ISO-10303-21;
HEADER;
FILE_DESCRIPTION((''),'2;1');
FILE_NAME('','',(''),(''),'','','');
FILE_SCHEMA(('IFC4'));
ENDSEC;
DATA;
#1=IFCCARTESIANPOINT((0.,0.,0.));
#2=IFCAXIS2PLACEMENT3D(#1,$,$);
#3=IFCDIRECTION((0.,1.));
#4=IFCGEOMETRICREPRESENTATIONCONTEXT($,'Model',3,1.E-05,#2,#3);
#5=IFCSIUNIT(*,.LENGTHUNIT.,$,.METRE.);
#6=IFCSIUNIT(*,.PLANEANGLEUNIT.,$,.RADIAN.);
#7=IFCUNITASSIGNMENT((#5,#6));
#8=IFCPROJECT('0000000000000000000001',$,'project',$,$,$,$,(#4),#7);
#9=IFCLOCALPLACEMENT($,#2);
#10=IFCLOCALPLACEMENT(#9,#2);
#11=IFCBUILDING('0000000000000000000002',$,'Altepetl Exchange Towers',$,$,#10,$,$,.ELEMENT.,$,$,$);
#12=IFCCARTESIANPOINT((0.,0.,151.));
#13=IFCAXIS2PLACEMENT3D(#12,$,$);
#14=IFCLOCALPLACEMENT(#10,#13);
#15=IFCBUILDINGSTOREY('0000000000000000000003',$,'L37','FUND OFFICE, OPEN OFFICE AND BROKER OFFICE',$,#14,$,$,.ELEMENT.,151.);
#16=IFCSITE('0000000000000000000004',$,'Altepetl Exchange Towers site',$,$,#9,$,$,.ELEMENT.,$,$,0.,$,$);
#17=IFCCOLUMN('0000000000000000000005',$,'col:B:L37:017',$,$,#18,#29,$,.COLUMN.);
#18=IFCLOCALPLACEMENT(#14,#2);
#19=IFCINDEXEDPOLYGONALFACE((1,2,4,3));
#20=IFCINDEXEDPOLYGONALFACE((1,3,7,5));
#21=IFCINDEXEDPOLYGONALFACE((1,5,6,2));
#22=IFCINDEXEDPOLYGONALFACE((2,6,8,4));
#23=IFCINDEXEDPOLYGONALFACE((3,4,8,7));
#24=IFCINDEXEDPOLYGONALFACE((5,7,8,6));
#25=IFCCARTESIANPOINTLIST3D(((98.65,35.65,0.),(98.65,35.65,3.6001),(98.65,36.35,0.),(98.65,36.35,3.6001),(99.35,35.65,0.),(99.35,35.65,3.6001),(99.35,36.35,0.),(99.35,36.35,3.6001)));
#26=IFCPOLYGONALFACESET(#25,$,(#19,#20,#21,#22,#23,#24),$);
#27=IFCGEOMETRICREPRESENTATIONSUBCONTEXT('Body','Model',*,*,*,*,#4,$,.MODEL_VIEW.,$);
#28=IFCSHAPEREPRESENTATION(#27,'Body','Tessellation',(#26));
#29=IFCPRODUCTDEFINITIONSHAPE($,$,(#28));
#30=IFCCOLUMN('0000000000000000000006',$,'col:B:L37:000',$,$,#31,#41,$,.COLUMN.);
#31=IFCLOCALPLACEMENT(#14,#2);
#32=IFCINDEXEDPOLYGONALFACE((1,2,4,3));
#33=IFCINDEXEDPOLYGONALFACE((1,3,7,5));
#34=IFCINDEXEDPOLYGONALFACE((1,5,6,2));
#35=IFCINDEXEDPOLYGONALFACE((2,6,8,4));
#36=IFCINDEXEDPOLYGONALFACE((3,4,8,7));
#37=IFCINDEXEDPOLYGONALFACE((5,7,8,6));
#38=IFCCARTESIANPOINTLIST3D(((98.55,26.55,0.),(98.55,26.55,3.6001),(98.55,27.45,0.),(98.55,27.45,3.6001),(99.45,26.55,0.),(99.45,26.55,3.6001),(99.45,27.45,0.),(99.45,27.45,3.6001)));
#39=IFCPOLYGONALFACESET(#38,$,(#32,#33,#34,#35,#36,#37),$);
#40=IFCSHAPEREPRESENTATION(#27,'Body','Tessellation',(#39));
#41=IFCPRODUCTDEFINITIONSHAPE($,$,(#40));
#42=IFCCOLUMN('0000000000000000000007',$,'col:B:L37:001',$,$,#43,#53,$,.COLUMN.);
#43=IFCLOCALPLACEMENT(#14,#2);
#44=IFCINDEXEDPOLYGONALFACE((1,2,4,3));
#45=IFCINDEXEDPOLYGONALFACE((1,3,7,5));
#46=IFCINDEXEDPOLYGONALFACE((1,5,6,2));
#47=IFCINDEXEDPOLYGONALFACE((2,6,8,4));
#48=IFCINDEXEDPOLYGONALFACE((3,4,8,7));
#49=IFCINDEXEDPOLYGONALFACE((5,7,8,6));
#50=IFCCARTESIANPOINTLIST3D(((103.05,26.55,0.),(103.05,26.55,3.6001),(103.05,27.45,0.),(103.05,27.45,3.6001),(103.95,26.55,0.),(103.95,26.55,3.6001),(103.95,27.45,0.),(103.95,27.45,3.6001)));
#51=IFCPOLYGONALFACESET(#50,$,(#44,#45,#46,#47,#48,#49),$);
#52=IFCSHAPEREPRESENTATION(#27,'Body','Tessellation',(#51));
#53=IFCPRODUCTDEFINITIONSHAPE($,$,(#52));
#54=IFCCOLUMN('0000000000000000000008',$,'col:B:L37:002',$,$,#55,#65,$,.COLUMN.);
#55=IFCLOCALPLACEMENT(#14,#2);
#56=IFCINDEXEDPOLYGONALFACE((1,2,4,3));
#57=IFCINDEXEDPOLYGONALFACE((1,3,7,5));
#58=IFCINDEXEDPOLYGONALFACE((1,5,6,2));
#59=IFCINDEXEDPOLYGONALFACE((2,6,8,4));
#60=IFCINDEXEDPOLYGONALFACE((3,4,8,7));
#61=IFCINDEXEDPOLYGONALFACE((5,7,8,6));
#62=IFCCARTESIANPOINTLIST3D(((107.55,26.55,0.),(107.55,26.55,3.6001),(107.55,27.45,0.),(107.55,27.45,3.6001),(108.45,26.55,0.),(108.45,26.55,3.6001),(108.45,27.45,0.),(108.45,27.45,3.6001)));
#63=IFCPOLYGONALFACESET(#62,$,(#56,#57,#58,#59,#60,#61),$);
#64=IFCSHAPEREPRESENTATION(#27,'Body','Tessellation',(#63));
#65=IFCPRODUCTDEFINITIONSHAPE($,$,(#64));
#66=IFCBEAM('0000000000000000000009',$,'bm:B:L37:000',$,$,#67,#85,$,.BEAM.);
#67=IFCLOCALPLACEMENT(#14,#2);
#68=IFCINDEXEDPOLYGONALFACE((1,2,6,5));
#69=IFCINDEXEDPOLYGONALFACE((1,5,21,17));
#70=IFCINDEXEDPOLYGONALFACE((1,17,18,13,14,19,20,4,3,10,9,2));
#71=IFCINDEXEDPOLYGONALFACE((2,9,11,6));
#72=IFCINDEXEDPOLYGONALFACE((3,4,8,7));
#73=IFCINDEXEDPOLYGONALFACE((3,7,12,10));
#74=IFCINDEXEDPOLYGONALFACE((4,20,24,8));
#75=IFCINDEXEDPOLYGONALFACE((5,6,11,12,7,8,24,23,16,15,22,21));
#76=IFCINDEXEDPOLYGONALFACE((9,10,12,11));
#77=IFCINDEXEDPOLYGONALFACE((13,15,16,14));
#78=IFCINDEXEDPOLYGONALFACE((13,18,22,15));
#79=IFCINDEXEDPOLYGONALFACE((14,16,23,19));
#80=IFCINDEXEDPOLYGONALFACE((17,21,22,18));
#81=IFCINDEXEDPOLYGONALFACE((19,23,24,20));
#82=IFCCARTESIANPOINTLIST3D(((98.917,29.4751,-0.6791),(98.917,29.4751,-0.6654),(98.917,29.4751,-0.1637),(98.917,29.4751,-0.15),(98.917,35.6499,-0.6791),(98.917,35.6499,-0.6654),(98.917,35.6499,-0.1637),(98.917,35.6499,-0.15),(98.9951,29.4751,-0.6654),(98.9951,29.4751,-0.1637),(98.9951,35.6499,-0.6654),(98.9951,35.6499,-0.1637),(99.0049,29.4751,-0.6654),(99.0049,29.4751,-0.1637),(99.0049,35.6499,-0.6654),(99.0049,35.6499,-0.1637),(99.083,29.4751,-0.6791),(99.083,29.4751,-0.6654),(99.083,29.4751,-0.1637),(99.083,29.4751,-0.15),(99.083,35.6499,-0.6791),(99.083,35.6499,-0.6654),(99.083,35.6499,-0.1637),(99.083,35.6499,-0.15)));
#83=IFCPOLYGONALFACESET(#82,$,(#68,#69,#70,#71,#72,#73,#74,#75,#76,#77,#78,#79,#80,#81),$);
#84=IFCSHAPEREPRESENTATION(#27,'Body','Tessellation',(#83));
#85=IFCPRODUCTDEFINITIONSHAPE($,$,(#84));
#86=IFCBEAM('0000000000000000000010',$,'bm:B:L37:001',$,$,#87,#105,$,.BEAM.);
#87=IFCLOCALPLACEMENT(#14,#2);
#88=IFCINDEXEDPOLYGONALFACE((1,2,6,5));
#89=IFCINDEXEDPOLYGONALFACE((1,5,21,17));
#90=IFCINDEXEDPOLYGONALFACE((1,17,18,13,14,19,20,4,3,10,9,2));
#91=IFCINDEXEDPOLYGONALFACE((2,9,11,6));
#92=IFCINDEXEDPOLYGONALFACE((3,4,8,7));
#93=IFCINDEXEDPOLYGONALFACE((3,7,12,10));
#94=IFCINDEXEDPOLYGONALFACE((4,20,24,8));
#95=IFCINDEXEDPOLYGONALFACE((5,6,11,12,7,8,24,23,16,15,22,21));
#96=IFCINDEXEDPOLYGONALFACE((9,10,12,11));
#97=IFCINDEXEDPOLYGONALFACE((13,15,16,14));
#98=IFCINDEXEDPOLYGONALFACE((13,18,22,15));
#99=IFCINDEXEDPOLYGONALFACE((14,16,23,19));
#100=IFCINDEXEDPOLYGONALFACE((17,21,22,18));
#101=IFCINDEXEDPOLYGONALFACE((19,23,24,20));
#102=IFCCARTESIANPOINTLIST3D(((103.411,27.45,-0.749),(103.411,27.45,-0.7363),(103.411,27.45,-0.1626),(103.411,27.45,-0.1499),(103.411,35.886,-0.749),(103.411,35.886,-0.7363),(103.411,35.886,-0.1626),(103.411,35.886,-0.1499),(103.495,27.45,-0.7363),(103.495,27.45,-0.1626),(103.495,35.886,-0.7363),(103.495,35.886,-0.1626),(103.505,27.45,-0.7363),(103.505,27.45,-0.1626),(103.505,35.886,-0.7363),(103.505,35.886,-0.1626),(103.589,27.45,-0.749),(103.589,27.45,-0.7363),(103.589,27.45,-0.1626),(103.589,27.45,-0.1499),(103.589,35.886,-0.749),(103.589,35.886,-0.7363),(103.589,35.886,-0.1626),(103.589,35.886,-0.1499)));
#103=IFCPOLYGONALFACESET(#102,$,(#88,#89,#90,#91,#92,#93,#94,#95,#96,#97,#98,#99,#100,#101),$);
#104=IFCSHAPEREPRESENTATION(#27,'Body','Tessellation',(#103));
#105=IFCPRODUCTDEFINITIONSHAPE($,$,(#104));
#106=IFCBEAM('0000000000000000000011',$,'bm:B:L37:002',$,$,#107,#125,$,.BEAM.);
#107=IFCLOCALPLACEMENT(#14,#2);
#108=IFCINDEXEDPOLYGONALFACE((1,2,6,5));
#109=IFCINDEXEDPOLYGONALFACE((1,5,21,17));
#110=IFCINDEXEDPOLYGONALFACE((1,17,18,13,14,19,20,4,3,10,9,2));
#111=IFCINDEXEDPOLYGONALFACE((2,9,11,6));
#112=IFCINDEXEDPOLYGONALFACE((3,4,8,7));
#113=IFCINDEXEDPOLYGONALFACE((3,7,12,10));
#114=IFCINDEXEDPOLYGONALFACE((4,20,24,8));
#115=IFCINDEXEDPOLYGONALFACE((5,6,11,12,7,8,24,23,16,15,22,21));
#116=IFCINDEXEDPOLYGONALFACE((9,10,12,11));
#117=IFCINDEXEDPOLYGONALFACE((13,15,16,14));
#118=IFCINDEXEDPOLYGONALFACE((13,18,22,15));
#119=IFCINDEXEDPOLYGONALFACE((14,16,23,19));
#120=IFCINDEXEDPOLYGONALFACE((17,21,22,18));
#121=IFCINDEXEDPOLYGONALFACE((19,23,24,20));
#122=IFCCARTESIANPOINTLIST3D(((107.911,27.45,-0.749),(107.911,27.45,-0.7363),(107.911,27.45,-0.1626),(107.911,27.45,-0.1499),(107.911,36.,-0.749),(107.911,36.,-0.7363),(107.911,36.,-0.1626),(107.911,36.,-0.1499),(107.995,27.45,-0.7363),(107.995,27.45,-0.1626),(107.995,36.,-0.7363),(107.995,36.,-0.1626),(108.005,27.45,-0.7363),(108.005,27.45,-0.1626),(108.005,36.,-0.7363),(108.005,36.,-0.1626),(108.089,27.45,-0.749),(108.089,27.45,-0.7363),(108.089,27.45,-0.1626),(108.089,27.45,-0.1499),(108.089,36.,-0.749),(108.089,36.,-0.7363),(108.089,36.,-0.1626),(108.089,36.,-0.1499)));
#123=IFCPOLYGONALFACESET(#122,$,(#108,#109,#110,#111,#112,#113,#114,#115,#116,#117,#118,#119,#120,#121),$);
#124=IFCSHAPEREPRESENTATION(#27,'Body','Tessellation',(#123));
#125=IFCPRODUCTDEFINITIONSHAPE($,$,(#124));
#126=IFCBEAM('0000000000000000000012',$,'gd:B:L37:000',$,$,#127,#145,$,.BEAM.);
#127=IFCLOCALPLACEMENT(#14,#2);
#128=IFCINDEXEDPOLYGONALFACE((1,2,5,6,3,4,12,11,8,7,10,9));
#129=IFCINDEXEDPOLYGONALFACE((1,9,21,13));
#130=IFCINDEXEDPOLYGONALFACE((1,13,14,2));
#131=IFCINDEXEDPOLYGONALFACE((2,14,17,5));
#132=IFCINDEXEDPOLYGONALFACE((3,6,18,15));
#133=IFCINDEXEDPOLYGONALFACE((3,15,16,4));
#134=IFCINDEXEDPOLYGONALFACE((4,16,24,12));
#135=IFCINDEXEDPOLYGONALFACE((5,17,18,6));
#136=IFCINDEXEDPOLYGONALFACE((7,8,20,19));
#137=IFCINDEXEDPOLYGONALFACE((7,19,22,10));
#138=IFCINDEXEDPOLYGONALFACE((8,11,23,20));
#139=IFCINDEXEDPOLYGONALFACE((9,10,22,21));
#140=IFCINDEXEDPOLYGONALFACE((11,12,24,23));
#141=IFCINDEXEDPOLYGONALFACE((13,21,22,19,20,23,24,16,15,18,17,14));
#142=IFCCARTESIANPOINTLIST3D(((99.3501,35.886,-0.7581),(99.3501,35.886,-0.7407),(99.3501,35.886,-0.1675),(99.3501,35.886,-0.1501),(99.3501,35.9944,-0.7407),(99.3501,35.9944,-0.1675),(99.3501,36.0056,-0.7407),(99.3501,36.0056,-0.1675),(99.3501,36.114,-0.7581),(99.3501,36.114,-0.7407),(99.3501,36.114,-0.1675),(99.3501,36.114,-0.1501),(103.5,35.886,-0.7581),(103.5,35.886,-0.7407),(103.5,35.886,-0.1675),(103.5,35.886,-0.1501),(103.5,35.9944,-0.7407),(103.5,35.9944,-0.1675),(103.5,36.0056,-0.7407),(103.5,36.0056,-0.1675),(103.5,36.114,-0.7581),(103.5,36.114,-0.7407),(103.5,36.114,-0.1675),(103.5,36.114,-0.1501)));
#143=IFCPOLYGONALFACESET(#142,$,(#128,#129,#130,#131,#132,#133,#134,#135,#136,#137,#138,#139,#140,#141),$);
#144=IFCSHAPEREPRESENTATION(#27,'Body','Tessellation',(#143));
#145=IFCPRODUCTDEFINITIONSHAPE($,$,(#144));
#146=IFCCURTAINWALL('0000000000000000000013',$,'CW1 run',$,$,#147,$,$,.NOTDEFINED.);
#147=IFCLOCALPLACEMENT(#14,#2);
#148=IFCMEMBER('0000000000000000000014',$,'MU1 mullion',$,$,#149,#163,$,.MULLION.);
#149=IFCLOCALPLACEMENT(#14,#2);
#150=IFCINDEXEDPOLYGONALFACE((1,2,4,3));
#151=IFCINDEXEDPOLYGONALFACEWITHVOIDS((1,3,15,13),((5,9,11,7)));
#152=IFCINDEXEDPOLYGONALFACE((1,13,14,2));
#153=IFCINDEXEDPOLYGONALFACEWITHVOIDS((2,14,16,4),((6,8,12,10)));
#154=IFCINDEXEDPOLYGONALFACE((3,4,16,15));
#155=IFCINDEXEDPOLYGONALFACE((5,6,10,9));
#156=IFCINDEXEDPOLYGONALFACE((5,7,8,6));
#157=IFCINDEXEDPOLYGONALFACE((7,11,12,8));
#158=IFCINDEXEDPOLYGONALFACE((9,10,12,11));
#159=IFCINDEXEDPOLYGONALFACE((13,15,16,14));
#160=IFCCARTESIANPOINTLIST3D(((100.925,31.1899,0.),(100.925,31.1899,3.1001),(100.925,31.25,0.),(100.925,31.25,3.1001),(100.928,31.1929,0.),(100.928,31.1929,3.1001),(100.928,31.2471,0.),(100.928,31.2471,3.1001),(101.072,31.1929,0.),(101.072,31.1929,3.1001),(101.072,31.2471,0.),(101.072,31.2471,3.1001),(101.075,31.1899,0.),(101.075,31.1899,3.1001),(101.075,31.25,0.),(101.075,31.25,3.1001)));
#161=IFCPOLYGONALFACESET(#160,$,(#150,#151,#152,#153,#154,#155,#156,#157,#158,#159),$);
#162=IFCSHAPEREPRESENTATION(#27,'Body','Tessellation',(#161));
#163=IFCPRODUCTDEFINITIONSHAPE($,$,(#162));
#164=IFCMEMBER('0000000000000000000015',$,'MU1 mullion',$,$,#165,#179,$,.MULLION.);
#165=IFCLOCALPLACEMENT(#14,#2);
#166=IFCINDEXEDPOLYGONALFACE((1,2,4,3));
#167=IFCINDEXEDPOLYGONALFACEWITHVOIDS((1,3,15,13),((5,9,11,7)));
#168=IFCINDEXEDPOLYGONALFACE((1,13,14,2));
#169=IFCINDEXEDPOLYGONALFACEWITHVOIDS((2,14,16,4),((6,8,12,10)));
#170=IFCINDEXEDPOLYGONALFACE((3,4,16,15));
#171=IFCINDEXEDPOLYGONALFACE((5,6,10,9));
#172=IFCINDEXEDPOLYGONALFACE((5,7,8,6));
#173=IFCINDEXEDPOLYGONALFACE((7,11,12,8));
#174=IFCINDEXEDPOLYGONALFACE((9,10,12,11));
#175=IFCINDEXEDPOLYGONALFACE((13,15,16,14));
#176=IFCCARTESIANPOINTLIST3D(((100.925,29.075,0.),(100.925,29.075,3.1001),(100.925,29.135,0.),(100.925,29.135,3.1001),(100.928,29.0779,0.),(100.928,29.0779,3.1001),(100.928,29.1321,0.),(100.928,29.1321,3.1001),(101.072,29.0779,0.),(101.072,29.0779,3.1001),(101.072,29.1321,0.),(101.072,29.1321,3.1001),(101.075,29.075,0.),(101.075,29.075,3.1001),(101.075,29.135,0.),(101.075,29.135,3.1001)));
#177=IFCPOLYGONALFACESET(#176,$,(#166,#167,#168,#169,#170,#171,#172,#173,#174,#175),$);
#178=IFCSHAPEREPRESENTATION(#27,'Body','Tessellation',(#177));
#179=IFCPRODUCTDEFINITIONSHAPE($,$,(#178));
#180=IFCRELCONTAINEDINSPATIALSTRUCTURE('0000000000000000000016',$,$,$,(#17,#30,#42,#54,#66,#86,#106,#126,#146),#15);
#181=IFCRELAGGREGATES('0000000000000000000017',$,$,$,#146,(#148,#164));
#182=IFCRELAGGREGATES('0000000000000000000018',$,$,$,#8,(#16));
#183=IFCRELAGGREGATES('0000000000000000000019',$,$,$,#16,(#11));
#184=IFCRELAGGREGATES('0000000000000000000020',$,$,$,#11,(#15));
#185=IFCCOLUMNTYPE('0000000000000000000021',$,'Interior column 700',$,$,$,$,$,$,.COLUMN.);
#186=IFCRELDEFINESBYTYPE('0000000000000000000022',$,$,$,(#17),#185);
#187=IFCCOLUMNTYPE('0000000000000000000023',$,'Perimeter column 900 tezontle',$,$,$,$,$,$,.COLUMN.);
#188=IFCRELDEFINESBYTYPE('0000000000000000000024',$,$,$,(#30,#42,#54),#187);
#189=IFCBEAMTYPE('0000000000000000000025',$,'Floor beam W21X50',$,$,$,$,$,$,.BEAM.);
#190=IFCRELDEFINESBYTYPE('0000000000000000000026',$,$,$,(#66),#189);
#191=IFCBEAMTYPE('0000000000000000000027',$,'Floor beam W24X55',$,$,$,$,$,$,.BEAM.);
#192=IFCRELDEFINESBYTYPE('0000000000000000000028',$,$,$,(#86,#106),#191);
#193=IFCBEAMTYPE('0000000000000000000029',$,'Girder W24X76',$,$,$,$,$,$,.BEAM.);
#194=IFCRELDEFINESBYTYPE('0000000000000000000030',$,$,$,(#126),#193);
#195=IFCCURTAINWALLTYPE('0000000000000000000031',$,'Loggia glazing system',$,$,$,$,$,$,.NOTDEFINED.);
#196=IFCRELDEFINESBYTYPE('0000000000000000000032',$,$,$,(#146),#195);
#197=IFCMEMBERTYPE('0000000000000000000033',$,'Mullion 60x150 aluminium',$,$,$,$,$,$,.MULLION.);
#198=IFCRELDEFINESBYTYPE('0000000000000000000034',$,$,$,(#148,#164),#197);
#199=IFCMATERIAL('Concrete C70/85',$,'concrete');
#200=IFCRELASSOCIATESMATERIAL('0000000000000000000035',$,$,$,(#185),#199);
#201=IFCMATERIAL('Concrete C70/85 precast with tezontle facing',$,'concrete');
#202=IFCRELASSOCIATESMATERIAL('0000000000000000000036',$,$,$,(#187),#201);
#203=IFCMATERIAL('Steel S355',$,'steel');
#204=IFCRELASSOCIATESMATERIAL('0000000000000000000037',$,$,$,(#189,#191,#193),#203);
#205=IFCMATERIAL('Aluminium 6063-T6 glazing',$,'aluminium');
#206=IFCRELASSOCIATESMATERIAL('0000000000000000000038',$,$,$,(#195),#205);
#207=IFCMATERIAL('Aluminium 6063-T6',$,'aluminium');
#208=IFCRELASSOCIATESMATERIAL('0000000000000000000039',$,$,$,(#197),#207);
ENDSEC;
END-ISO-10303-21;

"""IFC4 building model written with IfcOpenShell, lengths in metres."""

from ifc_helpers import new_model, si_unit, direction, frame, origin, origin_2d, place, context, subcontext, project, spatial, rectangle, hollow_rectangle, i_section, extrude, material, material_profile, profile_set, type_object, element, aggregate, save


model = new_model("IFC4")

# Units and contexts
model_context = context("Model", 3, precision=1e-05, world=origin(), true_north=direction((0.0, 1.0)))
body_context = subcontext(model_context, "Body", "Model", "MODEL_VIEW")
ifc_project = project(units=[si_unit("LENGTHUNIT", "METRE"), si_unit("PLANEANGLEUNIT", "RADIAN")], contexts=[model_context])

# Site, building, storey
site_placement = place(None, origin())
site = spatial("IfcSite", under=ifc_project, at=site_placement, Name="Altepetl Exchange Towers site", CompositionType="ELEMENT", RefElevation=0.0)
building_placement = place(site_placement, origin())
building = spatial("IfcBuilding", under=site, at=building_placement, Name="Altepetl Exchange Towers", CompositionType="ELEMENT")
storey_placement = place(building_placement, frame((0.0, 0.0, 151.0)))
storey = spatial("IfcBuildingStorey", under=building, at=storey_placement, Name="L37", Description="FUND OFFICE, OPEN OFFICE AND BROKER OFFICE", CompositionType="ELEMENT", Elevation=151.0)

# Columns
ifc_material_1 = material(Name="Concrete C70/85", Category="concrete")
ifc_material_profile_1 = material_profile(ifc_material_1, rectangle(XDim=0.7, YDim=0.7, at=origin_2d()), Name="700 x 700")
ifc_profile_set_1 = profile_set([ifc_material_profile_1], Name="Concrete C70/85")
column_type_1 = type_object("IfcColumnType", Name="Interior column 700", PredefinedType="COLUMN", material=ifc_profile_set_1)
column_placement = place(storey_placement, frame((99.0, 36.0, 0.0)))
element("IfcColumn", 1, at=column_placement, inside=storey, type_object=column_type_1, Name="col:B:L37:017", PredefinedType="COLUMN", context=body_context, shape_type="SweptSolid", body=[
    extrude(rectangle(XDim=0.7, YDim=0.7, at=origin_2d()), origin(), (0.0, 0.0, 1.0), 3.6001),
])
ifc_material_2 = material(Name="Concrete C70/85 precast with tezontle facing", Category="concrete")
ifc_material_profile_2 = material_profile(ifc_material_2, rectangle(XDim=0.8999, YDim=0.8999, at=origin_2d()), Name="900 x 900")
ifc_profile_set_2 = profile_set([ifc_material_profile_2], Name="Concrete C70/85 precast with tezontle facing")
column_type_2 = type_object("IfcColumnType", Name="Perimeter column 900 tezontle", PredefinedType="COLUMN", material=ifc_profile_set_2)
for number, where, name in (
    (2, (99.0, 27.0, 0.0), "col:B:L37:000"),
    (3, (103.5, 27.0, 0.0), "col:B:L37:001"),
    (4, (108.0, 27.0, 0.0), "col:B:L37:002"),
):
    element("IfcColumn", number, at=place(storey_placement, frame(where)), inside=storey, type_object=column_type_2, Name=name, PredefinedType="COLUMN", context=body_context, shape_type="SweptSolid", body=[
        extrude(rectangle(XDim=0.8999, YDim=0.8999, at=origin_2d()), origin(), (0.0, 0.0, 1.0), 3.6001),
    ])

# Beams
ifc_material_3 = material(Name="Steel S355", Category="steel")
ifc_material_profile_3 = material_profile(ifc_material_3, i_section(OverallWidth=0.166, OverallDepth=0.5291, WebThickness=0.0098, FlangeThickness=0.0137, at=origin_2d()), Name="W21X50")
ifc_profile_set_3 = profile_set([ifc_material_profile_3], Name="Steel S355")
beam_type_1 = type_object("IfcBeamType", Name="Floor beam W21X50", PredefinedType="BEAM", material=ifc_profile_set_3)
beam_1_placement = place(storey_placement, frame((99.0, 29.4751, -0.4146), z_axis=(0.0, 1.0, 0.0), x_axis=(-1.0, 0.0, 0.0)))
element("IfcBeam", 5, at=beam_1_placement, inside=storey, type_object=beam_type_1, Name="bm:B:L37:000", PredefinedType="BEAM", context=body_context, shape_type="SweptSolid", body=[
    extrude(i_section(OverallWidth=0.166, OverallDepth=0.5291, WebThickness=0.0098, FlangeThickness=0.0137, at=origin_2d()), origin(), (0.0, 0.0, 1.0), 6.1748),
])
ifc_material_profile_4 = material_profile(ifc_material_3, i_section(OverallWidth=0.178, OverallDepth=0.5991, WebThickness=0.01, FlangeThickness=0.0127, at=origin_2d()), Name="W24X55")
ifc_profile_set_4 = profile_set([ifc_material_profile_4], Name="Steel S355")
beam_type_2 = type_object("IfcBeamType", Name="Floor beam W24X55", PredefinedType="BEAM", material=ifc_profile_set_4)
beam_2_placement = place(storey_placement, frame((103.5, 27.45, -0.4495), z_axis=(0.0, 1.0, 0.0), x_axis=(-1.0, 0.0, 0.0)))
element("IfcBeam", 6, at=beam_2_placement, inside=storey, type_object=beam_type_2, Name="bm:B:L37:001", PredefinedType="BEAM", context=body_context, shape_type="SweptSolid", body=[
    extrude(i_section(OverallWidth=0.178, OverallDepth=0.5991, WebThickness=0.01, FlangeThickness=0.0127, at=origin_2d()), origin(), (0.0, 0.0, 1.0), 8.436),
])
beam_3_placement = place(storey_placement, frame((108.0, 27.45, -0.4495), z_axis=(0.0, 1.0, 0.0), x_axis=(-1.0, 0.0, 0.0)))
element("IfcBeam", 7, at=beam_3_placement, inside=storey, type_object=beam_type_2, Name="bm:B:L37:002", PredefinedType="BEAM", context=body_context, shape_type="SweptSolid", body=[
    extrude(i_section(OverallWidth=0.178, OverallDepth=0.5991, WebThickness=0.01, FlangeThickness=0.0127, at=origin_2d()), origin(), (0.0, 0.0, 1.0), 8.55),
])
ifc_material_profile_5 = material_profile(ifc_material_3, i_section(OverallWidth=0.228, OverallDepth=0.6079, WebThickness=0.0112, FlangeThickness=0.0173, at=origin_2d()), Name="W24X76")
ifc_profile_set_5 = profile_set([ifc_material_profile_5], Name="Steel S355")
beam_type_3 = type_object("IfcBeamType", Name="Girder W24X76", PredefinedType="BEAM", material=ifc_profile_set_5)
beam_4_placement = place(storey_placement, frame((103.5, 36.0, -0.4541), z_axis=(-1.0, 0.0, 0.0), x_axis=(0.0, -1.0, 0.0)))
element("IfcBeam", 8, at=beam_4_placement, inside=storey, type_object=beam_type_3, Name="gd:B:L37:000", PredefinedType="BEAM", context=body_context, shape_type="SweptSolid", body=[
    extrude(i_section(OverallWidth=0.228, OverallDepth=0.6079, WebThickness=0.0112, FlangeThickness=0.0173, at=origin_2d()), origin(), (0.0, 0.0, 1.0), 4.1499),
])

# Curtain wall, members
ifc_material_4 = material(Name="Aluminium 6063-T6 glazing", Category="aluminium")
curtain_wall_type = type_object("IfcCurtainWallType", Name="Loggia glazing system", PredefinedType="NOTDEFINED", material=ifc_material_4)
curtain_wall_1_placement = place(storey_placement, origin())
curtain_wall_1 = element("IfcCurtainWall", 9, at=curtain_wall_1_placement, inside=storey, type_object=curtain_wall_type, Name="CW1 run", PredefinedType="NOTDEFINED")
ifc_material_5 = material(Name="Aluminium 6063-T6", Category="aluminium")
ifc_material_profile_6 = material_profile(ifc_material_5, hollow_rectangle(XDim=0.0601, YDim=0.1499, WallThickness=0.0029, at=origin_2d()), Name="Mullion 60x150 aluminium")
ifc_profile_set_6 = profile_set([ifc_material_profile_6], Name="Aluminium 6063-T6")
member_type = type_object("IfcMemberType", Name="Mullion 60x150 aluminium", PredefinedType="MULLION", material=ifc_profile_set_6)
member_1_placement = place(storey_placement, frame((101.0, 31.22, 0.0), z_axis=(0.0, 0.0, 1.0), x_axis=(0.0, -1.0, 0.0)))
member_1 = element("IfcMember", 10, at=member_1_placement, type_object=member_type, Name="MU1 mullion", PredefinedType="MULLION", context=body_context, shape_type="SweptSolid", body=[
    extrude(hollow_rectangle(XDim=0.0601, YDim=0.1499, WallThickness=0.0029, at=origin_2d()), origin(), (0.0, 0.0, 1.0), 3.1001),
])
member_2_placement = place(storey_placement, frame((101.0, 29.105, 0.0), z_axis=(0.0, 0.0, 1.0), x_axis=(0.0, -1.0, 0.0)))
member_2 = element("IfcMember", 11, at=member_2_placement, type_object=member_type, Name="MU1 mullion", PredefinedType="MULLION", context=body_context, shape_type="SweptSolid", body=[
    extrude(hollow_rectangle(XDim=0.0601, YDim=0.1499, WallThickness=0.0029, at=origin_2d()), origin(), (0.0, 0.0, 1.0), 3.1001),
])

aggregate(curtain_wall_1, [member_1, member_2])

save(model, "model.ifc")
